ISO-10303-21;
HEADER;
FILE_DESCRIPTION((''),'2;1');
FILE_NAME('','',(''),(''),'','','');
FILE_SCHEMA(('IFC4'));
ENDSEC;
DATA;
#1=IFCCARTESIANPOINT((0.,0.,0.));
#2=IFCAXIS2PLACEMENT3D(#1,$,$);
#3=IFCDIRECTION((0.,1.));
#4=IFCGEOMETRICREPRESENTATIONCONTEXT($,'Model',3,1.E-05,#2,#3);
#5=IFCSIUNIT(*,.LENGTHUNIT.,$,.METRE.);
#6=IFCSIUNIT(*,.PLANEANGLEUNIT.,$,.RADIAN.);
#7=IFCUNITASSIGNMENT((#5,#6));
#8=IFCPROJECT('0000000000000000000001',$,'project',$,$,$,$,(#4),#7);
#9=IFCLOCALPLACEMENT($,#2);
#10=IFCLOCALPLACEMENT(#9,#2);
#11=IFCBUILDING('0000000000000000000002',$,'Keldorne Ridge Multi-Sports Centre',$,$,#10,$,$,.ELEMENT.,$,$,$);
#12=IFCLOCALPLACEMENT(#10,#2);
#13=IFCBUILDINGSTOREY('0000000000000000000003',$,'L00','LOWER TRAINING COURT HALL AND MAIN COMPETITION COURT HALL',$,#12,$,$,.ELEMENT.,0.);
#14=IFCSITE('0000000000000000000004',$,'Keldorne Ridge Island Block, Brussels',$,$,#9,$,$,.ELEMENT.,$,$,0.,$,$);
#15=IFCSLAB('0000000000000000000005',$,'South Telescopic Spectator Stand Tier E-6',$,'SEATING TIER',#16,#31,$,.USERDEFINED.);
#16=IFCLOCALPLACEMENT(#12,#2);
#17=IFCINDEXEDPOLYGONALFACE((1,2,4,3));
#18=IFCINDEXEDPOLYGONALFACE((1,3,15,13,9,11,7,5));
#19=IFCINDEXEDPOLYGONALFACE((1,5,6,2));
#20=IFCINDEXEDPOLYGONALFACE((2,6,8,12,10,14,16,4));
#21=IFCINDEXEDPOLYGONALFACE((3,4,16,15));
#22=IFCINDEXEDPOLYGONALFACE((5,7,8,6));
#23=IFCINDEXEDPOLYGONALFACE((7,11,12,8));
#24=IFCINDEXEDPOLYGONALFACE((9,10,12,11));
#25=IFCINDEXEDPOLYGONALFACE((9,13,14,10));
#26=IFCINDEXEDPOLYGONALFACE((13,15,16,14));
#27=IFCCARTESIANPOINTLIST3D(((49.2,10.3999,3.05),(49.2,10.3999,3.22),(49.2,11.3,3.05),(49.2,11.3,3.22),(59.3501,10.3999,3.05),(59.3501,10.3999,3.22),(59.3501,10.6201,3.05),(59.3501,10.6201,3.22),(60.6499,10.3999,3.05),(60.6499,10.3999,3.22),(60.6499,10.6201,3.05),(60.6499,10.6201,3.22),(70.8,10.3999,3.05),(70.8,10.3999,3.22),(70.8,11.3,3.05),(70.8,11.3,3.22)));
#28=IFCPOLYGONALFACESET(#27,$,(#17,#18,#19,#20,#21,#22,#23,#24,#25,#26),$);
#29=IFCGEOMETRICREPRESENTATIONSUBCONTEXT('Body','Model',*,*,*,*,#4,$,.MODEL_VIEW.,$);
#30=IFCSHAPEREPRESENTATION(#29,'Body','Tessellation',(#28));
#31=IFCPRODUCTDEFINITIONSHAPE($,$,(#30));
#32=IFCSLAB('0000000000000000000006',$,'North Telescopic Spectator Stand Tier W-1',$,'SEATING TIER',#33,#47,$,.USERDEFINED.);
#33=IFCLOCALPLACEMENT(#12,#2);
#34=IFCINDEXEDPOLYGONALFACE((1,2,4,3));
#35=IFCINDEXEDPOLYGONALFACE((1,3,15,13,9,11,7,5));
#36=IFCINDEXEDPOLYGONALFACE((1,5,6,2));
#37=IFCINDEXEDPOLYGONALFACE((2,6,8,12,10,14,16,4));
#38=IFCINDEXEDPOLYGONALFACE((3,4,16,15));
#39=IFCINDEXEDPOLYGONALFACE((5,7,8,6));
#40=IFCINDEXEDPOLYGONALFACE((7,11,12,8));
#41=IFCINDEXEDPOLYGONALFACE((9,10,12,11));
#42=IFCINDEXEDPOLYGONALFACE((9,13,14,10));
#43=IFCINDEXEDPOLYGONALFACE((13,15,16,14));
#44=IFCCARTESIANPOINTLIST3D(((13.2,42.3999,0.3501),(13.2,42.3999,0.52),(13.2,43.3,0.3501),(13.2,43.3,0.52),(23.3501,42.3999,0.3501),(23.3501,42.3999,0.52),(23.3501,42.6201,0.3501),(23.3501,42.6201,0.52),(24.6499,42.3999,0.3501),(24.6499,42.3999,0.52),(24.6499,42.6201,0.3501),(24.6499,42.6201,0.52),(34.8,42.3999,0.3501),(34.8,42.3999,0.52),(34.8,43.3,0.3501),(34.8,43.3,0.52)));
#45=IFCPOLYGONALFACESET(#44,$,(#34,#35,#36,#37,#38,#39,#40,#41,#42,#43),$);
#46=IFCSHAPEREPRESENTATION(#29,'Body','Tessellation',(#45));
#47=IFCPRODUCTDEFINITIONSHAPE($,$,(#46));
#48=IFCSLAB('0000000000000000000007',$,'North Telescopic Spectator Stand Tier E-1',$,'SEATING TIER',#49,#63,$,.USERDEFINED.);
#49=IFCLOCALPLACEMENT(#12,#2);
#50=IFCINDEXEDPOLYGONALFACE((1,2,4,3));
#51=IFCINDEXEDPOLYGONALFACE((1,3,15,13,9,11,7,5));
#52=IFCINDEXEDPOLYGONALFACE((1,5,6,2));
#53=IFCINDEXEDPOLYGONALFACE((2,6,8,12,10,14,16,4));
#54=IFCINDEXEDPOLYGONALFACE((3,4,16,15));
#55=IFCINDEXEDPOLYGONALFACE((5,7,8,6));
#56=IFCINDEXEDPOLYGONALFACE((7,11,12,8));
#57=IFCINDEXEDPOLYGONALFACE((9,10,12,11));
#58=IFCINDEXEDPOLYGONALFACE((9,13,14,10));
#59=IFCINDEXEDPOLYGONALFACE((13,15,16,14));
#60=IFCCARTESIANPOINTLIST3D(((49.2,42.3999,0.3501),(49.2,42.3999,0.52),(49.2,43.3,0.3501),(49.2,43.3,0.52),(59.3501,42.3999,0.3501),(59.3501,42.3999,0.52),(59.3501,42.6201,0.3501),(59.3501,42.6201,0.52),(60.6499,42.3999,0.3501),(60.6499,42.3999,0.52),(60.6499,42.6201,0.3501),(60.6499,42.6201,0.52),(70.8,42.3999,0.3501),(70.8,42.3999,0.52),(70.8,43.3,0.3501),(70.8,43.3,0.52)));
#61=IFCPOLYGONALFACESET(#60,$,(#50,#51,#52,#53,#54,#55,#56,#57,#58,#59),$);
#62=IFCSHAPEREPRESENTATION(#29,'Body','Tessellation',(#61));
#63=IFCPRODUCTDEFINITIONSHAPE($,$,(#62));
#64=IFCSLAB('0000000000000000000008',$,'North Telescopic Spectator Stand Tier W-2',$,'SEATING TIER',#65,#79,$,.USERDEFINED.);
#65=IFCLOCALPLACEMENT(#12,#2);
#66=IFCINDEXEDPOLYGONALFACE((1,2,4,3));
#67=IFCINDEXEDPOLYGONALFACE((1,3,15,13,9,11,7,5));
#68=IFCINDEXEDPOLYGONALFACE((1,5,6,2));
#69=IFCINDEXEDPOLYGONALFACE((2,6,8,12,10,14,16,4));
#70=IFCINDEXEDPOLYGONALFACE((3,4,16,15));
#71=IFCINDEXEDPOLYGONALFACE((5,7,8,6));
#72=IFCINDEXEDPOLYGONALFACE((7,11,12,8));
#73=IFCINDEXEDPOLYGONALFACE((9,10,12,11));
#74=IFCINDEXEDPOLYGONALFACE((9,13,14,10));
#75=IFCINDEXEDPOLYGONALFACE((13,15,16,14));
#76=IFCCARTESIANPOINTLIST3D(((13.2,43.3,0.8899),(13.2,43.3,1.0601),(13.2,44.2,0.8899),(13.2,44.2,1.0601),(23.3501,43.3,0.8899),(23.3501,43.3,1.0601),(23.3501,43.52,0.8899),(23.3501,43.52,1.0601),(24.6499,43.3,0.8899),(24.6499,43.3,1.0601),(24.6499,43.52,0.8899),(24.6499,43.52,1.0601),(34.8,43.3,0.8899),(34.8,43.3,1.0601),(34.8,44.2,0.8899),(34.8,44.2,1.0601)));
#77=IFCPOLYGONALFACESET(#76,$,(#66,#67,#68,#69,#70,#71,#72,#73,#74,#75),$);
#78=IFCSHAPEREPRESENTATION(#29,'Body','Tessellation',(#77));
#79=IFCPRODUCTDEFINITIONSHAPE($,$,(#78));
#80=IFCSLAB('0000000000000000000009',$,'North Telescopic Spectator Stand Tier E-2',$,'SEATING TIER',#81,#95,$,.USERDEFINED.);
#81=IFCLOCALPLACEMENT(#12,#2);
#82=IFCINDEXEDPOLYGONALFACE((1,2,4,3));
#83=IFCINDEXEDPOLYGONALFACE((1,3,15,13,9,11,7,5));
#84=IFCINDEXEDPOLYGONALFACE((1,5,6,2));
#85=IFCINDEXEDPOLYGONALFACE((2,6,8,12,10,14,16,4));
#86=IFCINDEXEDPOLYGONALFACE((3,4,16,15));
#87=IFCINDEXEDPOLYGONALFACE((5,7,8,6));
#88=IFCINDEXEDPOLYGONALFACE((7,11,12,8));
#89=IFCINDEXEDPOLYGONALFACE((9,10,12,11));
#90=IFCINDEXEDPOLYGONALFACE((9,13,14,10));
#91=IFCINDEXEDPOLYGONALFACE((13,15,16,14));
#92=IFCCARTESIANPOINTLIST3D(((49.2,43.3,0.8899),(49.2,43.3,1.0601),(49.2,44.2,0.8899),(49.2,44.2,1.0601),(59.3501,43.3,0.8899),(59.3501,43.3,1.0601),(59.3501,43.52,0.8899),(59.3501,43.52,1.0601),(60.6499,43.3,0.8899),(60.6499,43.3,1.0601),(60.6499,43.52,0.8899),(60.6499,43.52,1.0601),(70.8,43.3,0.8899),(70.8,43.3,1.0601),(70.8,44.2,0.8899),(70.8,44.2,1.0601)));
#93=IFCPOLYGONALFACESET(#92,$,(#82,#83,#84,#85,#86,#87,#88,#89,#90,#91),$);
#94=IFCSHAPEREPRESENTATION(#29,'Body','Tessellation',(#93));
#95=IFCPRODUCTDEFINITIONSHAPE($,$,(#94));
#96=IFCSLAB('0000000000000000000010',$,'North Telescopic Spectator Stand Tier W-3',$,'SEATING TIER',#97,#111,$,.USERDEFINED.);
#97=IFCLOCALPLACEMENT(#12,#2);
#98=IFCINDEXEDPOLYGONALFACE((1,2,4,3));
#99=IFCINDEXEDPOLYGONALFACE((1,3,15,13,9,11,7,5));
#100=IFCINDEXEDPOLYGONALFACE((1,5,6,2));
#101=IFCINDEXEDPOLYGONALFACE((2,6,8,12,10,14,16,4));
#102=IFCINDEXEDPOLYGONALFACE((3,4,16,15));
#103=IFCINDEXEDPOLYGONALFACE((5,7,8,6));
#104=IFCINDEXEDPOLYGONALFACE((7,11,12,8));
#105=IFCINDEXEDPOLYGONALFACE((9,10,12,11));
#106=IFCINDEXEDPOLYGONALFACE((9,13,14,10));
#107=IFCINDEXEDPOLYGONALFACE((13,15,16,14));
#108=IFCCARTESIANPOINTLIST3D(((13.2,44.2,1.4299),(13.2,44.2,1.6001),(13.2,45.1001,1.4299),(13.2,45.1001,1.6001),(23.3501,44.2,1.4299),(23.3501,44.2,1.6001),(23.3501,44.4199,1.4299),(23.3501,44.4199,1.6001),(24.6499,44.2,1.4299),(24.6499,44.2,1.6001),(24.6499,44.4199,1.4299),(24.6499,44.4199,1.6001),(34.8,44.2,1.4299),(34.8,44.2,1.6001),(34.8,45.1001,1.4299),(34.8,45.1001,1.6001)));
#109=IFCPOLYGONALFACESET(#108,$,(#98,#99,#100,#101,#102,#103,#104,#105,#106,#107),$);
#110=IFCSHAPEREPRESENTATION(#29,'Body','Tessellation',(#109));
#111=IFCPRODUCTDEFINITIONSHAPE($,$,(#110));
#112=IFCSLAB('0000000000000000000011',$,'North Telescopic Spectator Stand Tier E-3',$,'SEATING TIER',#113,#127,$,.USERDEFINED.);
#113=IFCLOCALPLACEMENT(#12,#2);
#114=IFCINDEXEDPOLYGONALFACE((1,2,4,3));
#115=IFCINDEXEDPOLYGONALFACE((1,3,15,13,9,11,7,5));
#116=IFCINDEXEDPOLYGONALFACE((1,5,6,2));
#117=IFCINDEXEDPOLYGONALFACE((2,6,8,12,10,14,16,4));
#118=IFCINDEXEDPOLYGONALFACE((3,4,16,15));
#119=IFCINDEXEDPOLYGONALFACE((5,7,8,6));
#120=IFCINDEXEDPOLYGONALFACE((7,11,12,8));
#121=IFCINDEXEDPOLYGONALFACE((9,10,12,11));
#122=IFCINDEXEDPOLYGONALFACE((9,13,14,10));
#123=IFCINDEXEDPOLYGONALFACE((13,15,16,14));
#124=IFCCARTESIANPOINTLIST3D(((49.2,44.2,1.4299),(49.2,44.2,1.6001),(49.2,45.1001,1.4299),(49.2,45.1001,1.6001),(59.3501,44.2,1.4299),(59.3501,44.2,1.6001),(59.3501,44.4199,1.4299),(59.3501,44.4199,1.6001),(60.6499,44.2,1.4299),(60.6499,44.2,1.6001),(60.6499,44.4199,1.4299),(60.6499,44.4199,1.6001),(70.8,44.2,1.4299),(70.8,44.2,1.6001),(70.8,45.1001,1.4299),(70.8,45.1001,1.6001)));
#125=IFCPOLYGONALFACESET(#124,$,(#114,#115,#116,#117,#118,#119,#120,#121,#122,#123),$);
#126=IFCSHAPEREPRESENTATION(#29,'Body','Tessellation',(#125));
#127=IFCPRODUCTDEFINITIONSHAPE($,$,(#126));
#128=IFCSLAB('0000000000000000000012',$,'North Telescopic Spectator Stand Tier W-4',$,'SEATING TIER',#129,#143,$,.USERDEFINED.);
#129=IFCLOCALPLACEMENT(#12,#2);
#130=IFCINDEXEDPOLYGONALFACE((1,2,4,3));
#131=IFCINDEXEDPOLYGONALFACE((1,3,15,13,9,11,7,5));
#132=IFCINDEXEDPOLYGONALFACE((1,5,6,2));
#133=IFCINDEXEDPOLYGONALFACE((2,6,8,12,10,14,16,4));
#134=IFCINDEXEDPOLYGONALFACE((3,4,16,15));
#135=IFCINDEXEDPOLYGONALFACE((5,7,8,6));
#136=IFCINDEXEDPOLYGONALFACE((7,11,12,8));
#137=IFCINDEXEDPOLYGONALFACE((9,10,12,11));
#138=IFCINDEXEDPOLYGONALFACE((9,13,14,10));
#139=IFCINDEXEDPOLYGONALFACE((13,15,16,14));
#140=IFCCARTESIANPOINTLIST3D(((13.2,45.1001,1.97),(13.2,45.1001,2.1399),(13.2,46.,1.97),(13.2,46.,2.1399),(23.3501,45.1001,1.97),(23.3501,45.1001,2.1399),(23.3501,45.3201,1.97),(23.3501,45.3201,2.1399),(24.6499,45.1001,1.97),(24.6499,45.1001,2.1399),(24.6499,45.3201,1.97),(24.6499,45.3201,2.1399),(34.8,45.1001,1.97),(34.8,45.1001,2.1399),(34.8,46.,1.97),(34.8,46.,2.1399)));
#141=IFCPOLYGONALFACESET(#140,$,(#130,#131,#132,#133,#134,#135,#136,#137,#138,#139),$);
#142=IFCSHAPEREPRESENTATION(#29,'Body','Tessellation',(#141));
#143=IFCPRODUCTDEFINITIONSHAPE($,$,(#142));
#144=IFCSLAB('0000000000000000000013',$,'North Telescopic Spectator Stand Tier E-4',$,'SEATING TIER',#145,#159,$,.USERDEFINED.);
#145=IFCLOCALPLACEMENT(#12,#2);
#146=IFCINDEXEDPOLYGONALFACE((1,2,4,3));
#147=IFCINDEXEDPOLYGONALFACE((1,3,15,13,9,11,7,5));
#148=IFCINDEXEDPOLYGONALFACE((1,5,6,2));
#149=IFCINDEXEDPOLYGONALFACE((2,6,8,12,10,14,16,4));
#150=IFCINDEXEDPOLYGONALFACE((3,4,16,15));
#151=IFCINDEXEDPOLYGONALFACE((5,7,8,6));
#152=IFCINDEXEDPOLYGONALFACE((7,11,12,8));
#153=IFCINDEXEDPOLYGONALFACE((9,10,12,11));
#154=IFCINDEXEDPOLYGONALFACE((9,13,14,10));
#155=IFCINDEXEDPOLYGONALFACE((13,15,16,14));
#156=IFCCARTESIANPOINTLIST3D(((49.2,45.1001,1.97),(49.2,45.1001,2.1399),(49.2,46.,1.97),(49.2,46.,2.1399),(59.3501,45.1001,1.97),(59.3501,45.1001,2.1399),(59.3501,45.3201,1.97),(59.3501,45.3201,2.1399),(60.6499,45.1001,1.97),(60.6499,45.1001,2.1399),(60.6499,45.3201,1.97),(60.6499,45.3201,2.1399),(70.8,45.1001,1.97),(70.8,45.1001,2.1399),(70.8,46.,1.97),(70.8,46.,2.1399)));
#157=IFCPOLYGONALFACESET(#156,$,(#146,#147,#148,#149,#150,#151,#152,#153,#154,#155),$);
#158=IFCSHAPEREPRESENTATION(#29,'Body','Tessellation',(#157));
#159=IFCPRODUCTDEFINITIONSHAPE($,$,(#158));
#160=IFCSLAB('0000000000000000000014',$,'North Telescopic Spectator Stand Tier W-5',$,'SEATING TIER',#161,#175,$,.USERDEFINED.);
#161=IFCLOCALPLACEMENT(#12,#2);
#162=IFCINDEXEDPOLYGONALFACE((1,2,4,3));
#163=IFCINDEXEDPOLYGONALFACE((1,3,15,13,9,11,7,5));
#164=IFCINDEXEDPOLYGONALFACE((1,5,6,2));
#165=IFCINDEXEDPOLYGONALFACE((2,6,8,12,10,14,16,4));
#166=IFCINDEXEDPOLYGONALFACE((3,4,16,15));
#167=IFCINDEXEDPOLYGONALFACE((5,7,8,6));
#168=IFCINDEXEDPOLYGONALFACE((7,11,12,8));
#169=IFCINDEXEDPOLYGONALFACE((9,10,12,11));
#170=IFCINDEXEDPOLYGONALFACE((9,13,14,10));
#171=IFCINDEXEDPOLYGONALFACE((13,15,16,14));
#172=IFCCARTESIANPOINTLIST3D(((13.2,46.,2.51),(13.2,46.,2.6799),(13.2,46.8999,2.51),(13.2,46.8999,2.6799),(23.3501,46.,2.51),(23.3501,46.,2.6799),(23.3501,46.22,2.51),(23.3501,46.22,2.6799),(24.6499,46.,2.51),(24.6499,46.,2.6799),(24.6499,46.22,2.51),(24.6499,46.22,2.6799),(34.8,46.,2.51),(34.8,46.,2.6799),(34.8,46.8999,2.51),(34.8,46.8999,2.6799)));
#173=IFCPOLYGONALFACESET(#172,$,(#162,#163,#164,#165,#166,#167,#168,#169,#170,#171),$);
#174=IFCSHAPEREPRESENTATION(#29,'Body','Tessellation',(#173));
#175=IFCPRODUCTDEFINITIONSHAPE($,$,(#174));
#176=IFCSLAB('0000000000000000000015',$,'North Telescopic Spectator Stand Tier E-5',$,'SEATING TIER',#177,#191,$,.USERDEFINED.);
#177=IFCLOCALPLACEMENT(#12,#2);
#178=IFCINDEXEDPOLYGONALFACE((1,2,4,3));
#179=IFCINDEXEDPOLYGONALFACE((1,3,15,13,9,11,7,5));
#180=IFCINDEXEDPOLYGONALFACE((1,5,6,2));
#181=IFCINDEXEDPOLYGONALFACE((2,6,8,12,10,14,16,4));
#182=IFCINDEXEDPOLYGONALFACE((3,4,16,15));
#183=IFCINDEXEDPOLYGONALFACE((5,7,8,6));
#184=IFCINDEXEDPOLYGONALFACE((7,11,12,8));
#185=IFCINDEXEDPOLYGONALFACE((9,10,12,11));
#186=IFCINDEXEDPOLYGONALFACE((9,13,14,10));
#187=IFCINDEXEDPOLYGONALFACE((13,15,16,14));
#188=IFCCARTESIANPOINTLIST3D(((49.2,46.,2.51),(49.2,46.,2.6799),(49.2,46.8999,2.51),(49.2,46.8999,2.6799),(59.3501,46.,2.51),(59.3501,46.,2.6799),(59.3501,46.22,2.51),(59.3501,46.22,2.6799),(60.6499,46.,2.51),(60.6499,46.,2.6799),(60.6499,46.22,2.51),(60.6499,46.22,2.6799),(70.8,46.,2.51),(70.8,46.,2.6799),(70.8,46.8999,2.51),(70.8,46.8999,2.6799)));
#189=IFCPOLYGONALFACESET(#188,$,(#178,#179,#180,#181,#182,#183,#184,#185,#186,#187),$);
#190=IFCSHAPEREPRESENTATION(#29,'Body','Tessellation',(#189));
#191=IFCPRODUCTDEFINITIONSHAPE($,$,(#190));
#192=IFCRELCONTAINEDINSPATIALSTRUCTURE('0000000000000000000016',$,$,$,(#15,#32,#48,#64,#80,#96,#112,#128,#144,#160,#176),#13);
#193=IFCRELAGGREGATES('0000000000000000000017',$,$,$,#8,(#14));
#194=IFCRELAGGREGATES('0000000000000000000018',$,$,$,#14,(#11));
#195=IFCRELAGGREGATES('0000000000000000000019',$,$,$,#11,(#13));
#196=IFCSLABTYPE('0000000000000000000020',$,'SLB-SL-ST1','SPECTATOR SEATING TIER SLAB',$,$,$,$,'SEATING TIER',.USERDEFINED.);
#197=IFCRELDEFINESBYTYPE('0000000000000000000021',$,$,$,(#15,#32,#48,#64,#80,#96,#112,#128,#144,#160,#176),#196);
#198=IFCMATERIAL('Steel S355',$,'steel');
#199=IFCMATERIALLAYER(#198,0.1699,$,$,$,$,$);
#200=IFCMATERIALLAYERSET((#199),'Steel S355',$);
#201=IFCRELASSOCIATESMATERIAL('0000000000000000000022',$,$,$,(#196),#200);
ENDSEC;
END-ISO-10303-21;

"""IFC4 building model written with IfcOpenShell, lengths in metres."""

from ifc_helpers import new_model, si_unit, direction, frame, origin, place, context, subcontext, project, spatial, polyline, outline, extrude, material, layer, layer_set, type_object, element, save


model = new_model("IFC4")

# Units and contexts
model_context = context("Model", 3, precision=1e-05, world=origin(), true_north=direction((0.0, 1.0)))
body_context = subcontext(model_context, "Body", "Model", "MODEL_VIEW")
ifc_project = project(units=[si_unit("LENGTHUNIT", "METRE"), si_unit("PLANEANGLEUNIT", "RADIAN")], contexts=[model_context])

# Site, building, storey
site_placement = place(None, origin())
site = spatial("IfcSite", under=ifc_project, at=site_placement, Name="Keldorne Ridge Island Block, Brussels", CompositionType="ELEMENT", RefElevation=0.0)
building_placement = place(site_placement, origin())
building = spatial("IfcBuilding", under=site, at=building_placement, Name="Keldorne Ridge Multi-Sports Centre", CompositionType="ELEMENT")
storey_placement = place(building_placement, origin())
storey = spatial("IfcBuildingStorey", under=building, at=storey_placement, Name="L00", Description="LOWER TRAINING COURT HALL AND MAIN COMPETITION COURT HALL", CompositionType="ELEMENT", Elevation=0.0)

# Slabs
ifc_material_1 = material(Name="Steel S355", Category="steel")
ifc_layer_1 = layer(ifc_material_1, 0.1699)
ifc_layer_set_1 = layer_set([ifc_layer_1], Name="Steel S355")
slab_type_1 = type_object("IfcSlabType", Name="SLB-SL-ST1", Description="SPECTATOR SEATING TIER SLAB", ElementType="SEATING TIER", PredefinedType="USERDEFINED", material=ifc_layer_set_1)
slab_1_placement = place(storey_placement, frame((0.0, 0.0, 3.05)))
element("IfcSlab", 1, at=slab_1_placement, inside=storey, type_object=slab_type_1, Name="South Telescopic Spectator Stand Tier E-6", ObjectType="SEATING TIER", PredefinedType="USERDEFINED", context=body_context, shape_type="SweptSolid", body=[
    extrude(outline(polyline([(49.2, 10.3999), (59.3501, 10.3999), (59.3501, 10.6201), (60.6499, 10.6201), (60.6499, 10.3999), (70.8, 10.3999), (70.8, 11.3), (49.2, 11.3), (49.2, 10.3999)])), origin(), (0.0, 0.0, 1.0), 0.1699),
])
slab_2_placement = place(storey_placement, frame((0.0, 0.0, 0.3501)))
element("IfcSlab", 2, at=slab_2_placement, inside=storey, type_object=slab_type_1, Name="North Telescopic Spectator Stand Tier W-1", ObjectType="SEATING TIER", PredefinedType="USERDEFINED", context=body_context, shape_type="SweptSolid", body=[
    extrude(outline(polyline([(13.2, 42.3999), (23.3501, 42.3999), (23.3501, 42.6201), (24.6499, 42.6201), (24.6499, 42.3999), (34.8, 42.3999), (34.8, 43.3), (13.2, 43.3), (13.2, 42.3999)])), origin(), (0.0, 0.0, 1.0), 0.1699),
])
slab_3_placement = place(storey_placement, frame((0.0, 0.0, 0.3501)))
element("IfcSlab", 3, at=slab_3_placement, inside=storey, type_object=slab_type_1, Name="North Telescopic Spectator Stand Tier E-1", ObjectType="SEATING TIER", PredefinedType="USERDEFINED", context=body_context, shape_type="SweptSolid", body=[
    extrude(outline(polyline([(49.2, 42.3999), (59.3501, 42.3999), (59.3501, 42.6201), (60.6499, 42.6201), (60.6499, 42.3999), (70.8, 42.3999), (70.8, 43.3), (49.2, 43.3), (49.2, 42.3999)])), origin(), (0.0, 0.0, 1.0), 0.1699),
])
slab_4_placement = place(storey_placement, frame((0.0, 0.0, 0.8899)))
element("IfcSlab", 4, at=slab_4_placement, inside=storey, type_object=slab_type_1, Name="North Telescopic Spectator Stand Tier W-2", ObjectType="SEATING TIER", PredefinedType="USERDEFINED", context=body_context, shape_type="SweptSolid", body=[
    extrude(outline(polyline([(13.2, 43.3), (23.3501, 43.3), (23.3501, 43.52), (24.6499, 43.52), (24.6499, 43.3), (34.8, 43.3), (34.8, 44.2), (13.2, 44.2), (13.2, 43.3)])), origin(), (0.0, 0.0, 1.0), 0.1702),
])
slab_5_placement = place(storey_placement, frame((0.0, 0.0, 0.8899)))
element("IfcSlab", 5, at=slab_5_placement, inside=storey, type_object=slab_type_1, Name="North Telescopic Spectator Stand Tier E-2", ObjectType="SEATING TIER", PredefinedType="USERDEFINED", context=body_context, shape_type="SweptSolid", body=[
    extrude(outline(polyline([(49.2, 43.3), (59.3501, 43.3), (59.3501, 43.52), (60.6499, 43.52), (60.6499, 43.3), (70.8, 43.3), (70.8, 44.2), (49.2, 44.2), (49.2, 43.3)])), origin(), (0.0, 0.0, 1.0), 0.1702),
])
slab_6_placement = place(storey_placement, frame((0.0, 0.0, 1.4299)))
element("IfcSlab", 6, at=slab_6_placement, inside=storey, type_object=slab_type_1, Name="North Telescopic Spectator Stand Tier W-3", ObjectType="SEATING TIER", PredefinedType="USERDEFINED", context=body_context, shape_type="SweptSolid", body=[
    extrude(outline(polyline([(13.2, 44.2), (23.3501, 44.2), (23.3501, 44.4199), (24.6499, 44.4199), (24.6499, 44.2), (34.8, 44.2), (34.8, 45.1001), (13.2, 45.1001), (13.2, 44.2)])), origin(), (0.0, 0.0, 1.0), 0.1702),
])
slab_7_placement = place(storey_placement, frame((0.0, 0.0, 1.4299)))
element("IfcSlab", 7, at=slab_7_placement, inside=storey, type_object=slab_type_1, Name="North Telescopic Spectator Stand Tier E-3", ObjectType="SEATING TIER", PredefinedType="USERDEFINED", context=body_context, shape_type="SweptSolid", body=[
    extrude(outline(polyline([(49.2, 44.2), (59.3501, 44.2), (59.3501, 44.4199), (60.6499, 44.4199), (60.6499, 44.2), (70.8, 44.2), (70.8, 45.1001), (49.2, 45.1001), (49.2, 44.2)])), origin(), (0.0, 0.0, 1.0), 0.1702),
])
slab_8_placement = place(storey_placement, frame((0.0, 0.0, 1.97)))
element("IfcSlab", 8, at=slab_8_placement, inside=storey, type_object=slab_type_1, Name="North Telescopic Spectator Stand Tier W-4", ObjectType="SEATING TIER", PredefinedType="USERDEFINED", context=body_context, shape_type="SweptSolid", body=[
    extrude(outline(polyline([(13.2, 45.1001), (23.3501, 45.1001), (23.3501, 45.3201), (24.6499, 45.3201), (24.6499, 45.1001), (34.8, 45.1001), (34.8, 46.0), (13.2, 46.0), (13.2, 45.1001)])), origin(), (0.0, 0.0, 1.0), 0.1699),
])
slab_9_placement = place(storey_placement, frame((0.0, 0.0, 1.97)))
element("IfcSlab", 9, at=slab_9_placement, inside=storey, type_object=slab_type_1, Name="North Telescopic Spectator Stand Tier E-4", ObjectType="SEATING TIER", PredefinedType="USERDEFINED", context=body_context, shape_type="SweptSolid", body=[
    extrude(outline(polyline([(49.2, 45.1001), (59.3501, 45.1001), (59.3501, 45.3201), (60.6499, 45.3201), (60.6499, 45.1001), (70.8, 45.1001), (70.8, 46.0), (49.2, 46.0), (49.2, 45.1001)])), origin(), (0.0, 0.0, 1.0), 0.1699),
])
slab_10_placement = place(storey_placement, frame((0.0, 0.0, 2.51)))
element("IfcSlab", 10, at=slab_10_placement, inside=storey, type_object=slab_type_1, Name="North Telescopic Spectator Stand Tier W-5", ObjectType="SEATING TIER", PredefinedType="USERDEFINED", context=body_context, shape_type="SweptSolid", body=[
    extrude(outline(polyline([(13.2, 46.0), (23.3501, 46.0), (23.3501, 46.22), (24.6499, 46.22), (24.6499, 46.0), (34.8, 46.0), (34.8, 46.8999), (13.2, 46.8999), (13.2, 46.0)])), origin(), (0.0, 0.0, 1.0), 0.1699),
])
slab_11_placement = place(storey_placement, frame((0.0, 0.0, 2.51)))
element("IfcSlab", 11, at=slab_11_placement, inside=storey, type_object=slab_type_1, Name="North Telescopic Spectator Stand Tier E-5", ObjectType="SEATING TIER", PredefinedType="USERDEFINED", context=body_context, shape_type="SweptSolid", body=[
    extrude(outline(polyline([(49.2, 46.0), (59.3501, 46.0), (59.3501, 46.22), (60.6499, 46.22), (60.6499, 46.0), (70.8, 46.0), (70.8, 46.8999), (49.2, 46.8999), (49.2, 46.0)])), origin(), (0.0, 0.0, 1.0), 0.1699),
])

save(model, "model.ifc")
